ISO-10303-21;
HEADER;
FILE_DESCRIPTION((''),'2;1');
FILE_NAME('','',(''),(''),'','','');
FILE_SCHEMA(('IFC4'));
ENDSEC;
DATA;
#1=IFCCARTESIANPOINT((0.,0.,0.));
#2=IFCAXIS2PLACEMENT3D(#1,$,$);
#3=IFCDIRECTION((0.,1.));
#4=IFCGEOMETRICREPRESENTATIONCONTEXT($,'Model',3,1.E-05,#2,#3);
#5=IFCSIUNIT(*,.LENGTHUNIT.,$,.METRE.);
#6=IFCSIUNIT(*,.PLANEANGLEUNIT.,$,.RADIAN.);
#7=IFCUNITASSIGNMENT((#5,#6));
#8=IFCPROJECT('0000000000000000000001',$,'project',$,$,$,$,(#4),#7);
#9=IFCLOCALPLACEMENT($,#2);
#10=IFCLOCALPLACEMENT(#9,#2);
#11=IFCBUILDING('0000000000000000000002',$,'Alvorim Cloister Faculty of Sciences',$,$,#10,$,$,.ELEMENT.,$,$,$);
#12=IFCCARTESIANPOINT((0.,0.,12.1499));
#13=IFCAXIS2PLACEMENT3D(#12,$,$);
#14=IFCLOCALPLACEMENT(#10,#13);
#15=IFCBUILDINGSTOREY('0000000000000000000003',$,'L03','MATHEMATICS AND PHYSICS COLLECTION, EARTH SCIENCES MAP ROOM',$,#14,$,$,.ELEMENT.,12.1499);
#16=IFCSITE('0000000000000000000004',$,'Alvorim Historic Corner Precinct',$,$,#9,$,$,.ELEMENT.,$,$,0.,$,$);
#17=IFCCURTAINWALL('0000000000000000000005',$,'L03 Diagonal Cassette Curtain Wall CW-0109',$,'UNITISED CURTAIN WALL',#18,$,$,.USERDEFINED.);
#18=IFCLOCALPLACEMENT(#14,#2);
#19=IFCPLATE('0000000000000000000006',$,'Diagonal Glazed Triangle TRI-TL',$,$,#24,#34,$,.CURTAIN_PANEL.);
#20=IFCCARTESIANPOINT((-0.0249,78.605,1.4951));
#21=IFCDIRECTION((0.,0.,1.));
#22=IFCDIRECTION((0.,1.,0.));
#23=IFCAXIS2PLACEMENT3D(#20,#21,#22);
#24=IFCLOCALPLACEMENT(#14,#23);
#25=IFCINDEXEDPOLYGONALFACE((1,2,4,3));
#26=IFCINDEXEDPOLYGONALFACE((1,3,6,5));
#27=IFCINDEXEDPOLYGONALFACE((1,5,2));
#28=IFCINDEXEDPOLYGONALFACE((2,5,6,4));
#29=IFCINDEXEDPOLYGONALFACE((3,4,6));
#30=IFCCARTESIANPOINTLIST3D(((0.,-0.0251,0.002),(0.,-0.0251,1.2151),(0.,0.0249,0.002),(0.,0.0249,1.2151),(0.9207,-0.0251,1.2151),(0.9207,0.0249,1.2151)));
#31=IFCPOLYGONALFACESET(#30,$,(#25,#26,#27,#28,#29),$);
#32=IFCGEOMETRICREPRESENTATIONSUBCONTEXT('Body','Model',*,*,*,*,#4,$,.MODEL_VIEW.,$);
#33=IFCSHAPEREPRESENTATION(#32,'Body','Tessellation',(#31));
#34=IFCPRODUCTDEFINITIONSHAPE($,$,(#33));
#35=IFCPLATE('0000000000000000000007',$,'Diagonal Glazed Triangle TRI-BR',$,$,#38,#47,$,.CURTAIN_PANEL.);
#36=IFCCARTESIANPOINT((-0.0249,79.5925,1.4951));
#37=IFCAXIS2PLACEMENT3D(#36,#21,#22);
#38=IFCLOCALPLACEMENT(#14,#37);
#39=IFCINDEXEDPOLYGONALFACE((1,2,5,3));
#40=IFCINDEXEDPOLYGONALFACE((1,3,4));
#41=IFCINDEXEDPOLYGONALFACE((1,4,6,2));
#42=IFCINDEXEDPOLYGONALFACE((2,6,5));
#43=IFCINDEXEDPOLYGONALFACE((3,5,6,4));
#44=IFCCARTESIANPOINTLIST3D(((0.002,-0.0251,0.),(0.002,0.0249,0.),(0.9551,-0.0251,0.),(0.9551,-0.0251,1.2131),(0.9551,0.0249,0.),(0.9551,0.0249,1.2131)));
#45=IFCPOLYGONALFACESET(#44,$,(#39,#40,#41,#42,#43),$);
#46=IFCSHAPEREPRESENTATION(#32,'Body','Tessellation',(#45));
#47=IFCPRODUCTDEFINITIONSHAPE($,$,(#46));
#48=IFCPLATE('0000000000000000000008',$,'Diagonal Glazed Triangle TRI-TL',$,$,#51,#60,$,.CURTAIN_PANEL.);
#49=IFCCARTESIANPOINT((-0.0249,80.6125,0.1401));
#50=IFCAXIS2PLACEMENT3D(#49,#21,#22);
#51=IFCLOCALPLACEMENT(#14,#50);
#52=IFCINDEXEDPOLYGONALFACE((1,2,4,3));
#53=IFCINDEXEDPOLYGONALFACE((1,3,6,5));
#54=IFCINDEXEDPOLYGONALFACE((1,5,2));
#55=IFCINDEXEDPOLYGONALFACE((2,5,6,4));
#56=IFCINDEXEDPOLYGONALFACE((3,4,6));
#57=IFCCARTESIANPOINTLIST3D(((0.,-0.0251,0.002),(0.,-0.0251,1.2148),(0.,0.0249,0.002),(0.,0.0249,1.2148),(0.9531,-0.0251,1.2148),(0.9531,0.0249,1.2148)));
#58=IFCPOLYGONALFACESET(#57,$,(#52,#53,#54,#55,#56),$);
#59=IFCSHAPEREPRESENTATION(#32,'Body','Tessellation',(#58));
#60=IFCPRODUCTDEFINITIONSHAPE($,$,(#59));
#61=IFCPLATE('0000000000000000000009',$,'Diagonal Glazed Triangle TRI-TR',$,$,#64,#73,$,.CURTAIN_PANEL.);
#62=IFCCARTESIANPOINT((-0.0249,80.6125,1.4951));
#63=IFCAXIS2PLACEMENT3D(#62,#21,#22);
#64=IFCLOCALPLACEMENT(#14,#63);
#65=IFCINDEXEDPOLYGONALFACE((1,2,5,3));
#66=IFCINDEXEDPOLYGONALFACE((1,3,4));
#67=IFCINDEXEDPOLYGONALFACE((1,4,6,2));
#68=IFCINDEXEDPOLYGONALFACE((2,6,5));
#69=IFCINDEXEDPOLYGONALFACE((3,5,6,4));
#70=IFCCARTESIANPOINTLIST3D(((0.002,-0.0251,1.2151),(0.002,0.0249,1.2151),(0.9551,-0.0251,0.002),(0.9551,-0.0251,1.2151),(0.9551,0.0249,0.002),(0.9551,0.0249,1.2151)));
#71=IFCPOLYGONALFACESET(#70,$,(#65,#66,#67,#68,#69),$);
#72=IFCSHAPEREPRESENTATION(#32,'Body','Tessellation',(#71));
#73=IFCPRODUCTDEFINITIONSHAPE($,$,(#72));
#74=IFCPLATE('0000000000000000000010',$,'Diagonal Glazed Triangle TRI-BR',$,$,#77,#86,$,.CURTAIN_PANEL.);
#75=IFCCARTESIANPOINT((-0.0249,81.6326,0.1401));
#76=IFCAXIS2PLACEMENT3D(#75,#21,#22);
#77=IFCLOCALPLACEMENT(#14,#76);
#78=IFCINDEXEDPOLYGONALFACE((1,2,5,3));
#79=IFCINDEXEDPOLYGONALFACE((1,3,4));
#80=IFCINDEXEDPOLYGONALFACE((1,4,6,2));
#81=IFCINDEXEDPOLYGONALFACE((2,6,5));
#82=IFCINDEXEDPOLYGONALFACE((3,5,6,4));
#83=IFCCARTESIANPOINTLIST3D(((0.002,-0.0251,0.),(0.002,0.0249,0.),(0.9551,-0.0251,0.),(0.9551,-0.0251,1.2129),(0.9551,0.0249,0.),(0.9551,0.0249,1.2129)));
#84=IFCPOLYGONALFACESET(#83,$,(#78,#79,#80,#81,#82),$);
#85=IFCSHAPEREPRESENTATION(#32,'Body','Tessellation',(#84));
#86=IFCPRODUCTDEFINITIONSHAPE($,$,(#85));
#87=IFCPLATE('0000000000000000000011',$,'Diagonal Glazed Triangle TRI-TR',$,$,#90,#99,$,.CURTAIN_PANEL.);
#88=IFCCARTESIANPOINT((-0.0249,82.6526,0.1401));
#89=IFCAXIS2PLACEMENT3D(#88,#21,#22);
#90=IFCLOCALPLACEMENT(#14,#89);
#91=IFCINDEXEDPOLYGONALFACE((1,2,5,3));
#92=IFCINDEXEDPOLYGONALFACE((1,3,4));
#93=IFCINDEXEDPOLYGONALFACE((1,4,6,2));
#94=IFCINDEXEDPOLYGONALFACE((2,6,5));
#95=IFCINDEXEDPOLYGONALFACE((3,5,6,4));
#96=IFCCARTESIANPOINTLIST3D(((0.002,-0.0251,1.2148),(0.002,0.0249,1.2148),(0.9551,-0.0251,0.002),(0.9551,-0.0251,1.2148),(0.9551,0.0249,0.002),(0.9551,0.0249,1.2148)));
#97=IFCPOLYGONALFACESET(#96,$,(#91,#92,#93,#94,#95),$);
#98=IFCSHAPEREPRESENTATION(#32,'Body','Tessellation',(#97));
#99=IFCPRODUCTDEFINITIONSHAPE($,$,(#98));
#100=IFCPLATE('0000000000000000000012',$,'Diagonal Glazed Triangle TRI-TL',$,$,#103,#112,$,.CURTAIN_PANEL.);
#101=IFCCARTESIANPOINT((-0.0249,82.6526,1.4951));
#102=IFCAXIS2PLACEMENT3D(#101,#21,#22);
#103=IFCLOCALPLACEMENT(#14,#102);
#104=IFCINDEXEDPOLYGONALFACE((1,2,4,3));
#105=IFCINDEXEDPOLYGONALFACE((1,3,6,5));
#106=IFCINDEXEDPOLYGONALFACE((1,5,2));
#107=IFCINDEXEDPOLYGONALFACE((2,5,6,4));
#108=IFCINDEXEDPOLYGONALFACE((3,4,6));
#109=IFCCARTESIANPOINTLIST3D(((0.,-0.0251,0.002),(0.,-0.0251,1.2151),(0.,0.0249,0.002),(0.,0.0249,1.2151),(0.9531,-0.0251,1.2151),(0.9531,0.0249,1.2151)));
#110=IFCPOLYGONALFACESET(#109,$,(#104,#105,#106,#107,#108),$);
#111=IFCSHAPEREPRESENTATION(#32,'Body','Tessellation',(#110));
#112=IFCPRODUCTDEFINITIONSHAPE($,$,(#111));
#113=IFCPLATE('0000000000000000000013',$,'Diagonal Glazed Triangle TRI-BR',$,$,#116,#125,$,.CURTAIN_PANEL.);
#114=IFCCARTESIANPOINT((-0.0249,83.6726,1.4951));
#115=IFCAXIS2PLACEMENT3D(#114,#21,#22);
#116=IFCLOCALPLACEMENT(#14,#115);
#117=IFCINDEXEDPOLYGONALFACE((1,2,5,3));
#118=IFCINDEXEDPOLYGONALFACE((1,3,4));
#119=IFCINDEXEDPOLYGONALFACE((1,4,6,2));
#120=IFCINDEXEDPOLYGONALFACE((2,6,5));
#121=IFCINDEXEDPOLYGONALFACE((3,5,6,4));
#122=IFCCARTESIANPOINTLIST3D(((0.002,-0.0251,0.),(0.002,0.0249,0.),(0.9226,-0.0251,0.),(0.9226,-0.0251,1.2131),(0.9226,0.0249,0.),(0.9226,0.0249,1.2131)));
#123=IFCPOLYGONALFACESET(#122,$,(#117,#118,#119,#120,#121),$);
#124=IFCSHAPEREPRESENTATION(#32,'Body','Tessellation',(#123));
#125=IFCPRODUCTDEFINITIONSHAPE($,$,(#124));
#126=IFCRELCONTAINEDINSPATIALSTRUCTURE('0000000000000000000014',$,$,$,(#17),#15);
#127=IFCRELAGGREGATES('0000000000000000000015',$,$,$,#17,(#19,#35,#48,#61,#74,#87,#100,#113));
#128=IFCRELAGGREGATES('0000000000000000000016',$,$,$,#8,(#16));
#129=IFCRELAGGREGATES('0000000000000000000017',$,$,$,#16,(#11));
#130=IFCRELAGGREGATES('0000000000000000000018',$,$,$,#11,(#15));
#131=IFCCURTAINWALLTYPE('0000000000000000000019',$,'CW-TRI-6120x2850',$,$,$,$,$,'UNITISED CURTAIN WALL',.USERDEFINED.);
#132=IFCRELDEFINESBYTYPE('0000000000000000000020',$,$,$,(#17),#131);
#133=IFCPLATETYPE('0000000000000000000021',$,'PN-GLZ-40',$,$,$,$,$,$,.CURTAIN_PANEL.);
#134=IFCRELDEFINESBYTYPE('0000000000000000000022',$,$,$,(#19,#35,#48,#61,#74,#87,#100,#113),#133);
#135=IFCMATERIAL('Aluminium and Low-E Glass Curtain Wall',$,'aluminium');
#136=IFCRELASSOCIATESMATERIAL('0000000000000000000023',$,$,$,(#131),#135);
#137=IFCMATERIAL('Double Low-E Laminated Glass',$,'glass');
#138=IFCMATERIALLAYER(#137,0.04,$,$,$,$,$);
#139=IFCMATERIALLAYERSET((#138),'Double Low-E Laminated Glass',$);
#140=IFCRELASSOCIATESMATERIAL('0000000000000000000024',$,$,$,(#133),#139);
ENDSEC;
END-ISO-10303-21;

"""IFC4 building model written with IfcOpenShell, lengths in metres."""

from ifc_helpers import new_model, si_unit, direction, frame, origin, place, context, subcontext, project, spatial, polyline, outline, extrude, material, layer, layer_set, type_object, element, aggregate, save


model = new_model("IFC4")

# Units and contexts
model_context = context("Model", 3, precision=1e-05, world=origin(), true_north=direction((0.0, 1.0)))
body_context = subcontext(model_context, "Body", "Model", "MODEL_VIEW")
ifc_project = project(units=[si_unit("LENGTHUNIT", "METRE"), si_unit("PLANEANGLEUNIT", "RADIAN")], contexts=[model_context])

# Site, building, storey
site_placement = place(None, origin())
site = spatial("IfcSite", under=ifc_project, at=site_placement, Name="Alvorim Historic Corner Precinct", CompositionType="ELEMENT", RefElevation=0.0)
building_placement = place(site_placement, origin())
building = spatial("IfcBuilding", under=site, at=building_placement, Name="Alvorim Cloister Faculty of Sciences", CompositionType="ELEMENT")
storey_placement = place(building_placement, frame((0.0, 0.0, 12.1499)))
storey = spatial("IfcBuildingStorey", under=building, at=storey_placement, Name="L03", Description="MATHEMATICS AND PHYSICS COLLECTION, EARTH SCIENCES MAP ROOM", CompositionType="ELEMENT", Elevation=12.1499)

# Curtain wall, plates
ifc_material_1 = material(Name="Aluminium and Low-E Glass Curtain Wall", Category="aluminium")
curtain_wall_type = type_object("IfcCurtainWallType", Name="CW-TRI-6120x2850", ElementType="UNITISED CURTAIN WALL", PredefinedType="USERDEFINED", material=ifc_material_1)
curtain_wall_placement = place(storey_placement, origin())
curtain_wall = element("IfcCurtainWall", 1, at=curtain_wall_placement, inside=storey, type_object=curtain_wall_type, Name="L03 Diagonal Cassette Curtain Wall CW-0109", ObjectType="UNITISED CURTAIN WALL", PredefinedType="USERDEFINED")
ifc_material_2 = material(Name="Double Low-E Laminated Glass", Category="glass")
ifc_layer = layer(ifc_material_2, 0.04)
ifc_layer_set = layer_set([ifc_layer], Name="Double Low-E Laminated Glass")
plate_type = type_object("IfcPlateType", Name="PN-GLZ-40", PredefinedType="CURTAIN_PANEL", material=ifc_layer_set)
plate_1_placement = place(storey_placement, frame((-0.0249, 78.605, 1.4951), z_axis=(0.0, 0.0, 1.0), x_axis=(0.0, 1.0, 0.0)))
plate_1 = element("IfcPlate", 2, at=plate_1_placement, type_object=plate_type, Name="Diagonal Glazed Triangle TRI-TL", PredefinedType="CURTAIN_PANEL", context=body_context, shape_type="SweptSolid", body=[
    extrude(outline(polyline([(0.9207, 1.2151), (0.0, 1.2151), (0.0, 0.002), (0.9207, 1.2151)])), frame((0.0, 0.0249, 0.0), z_axis=(0.0, -1.0, 0.0), x_axis=(1.0, 0.0, 0.0)), (0.0, 0.0, 1.0), 0.05),
])
plate_2_placement = place(storey_placement, frame((-0.0249, 79.5925, 1.4951), z_axis=(0.0, 0.0, 1.0), x_axis=(0.0, 1.0, 0.0)))
plate_2 = element("IfcPlate", 3, at=plate_2_placement, type_object=plate_type, Name="Diagonal Glazed Triangle TRI-BR", PredefinedType="CURTAIN_PANEL", context=body_context, shape_type="SweptSolid", body=[
    extrude(outline(polyline([(0.002, 0.0), (0.9551, 0.0), (0.9551, 1.2131), (0.002, 0.0)])), frame((0.0, 0.0249, 0.0), z_axis=(0.0, -1.0, 0.0), x_axis=(1.0, 0.0, 0.0)), (0.0, 0.0, 1.0), 0.05),
])
plate_3_placement = place(storey_placement, frame((-0.0249, 80.6125, 0.1401), z_axis=(0.0, 0.0, 1.0), x_axis=(0.0, 1.0, 0.0)))
plate_3 = element("IfcPlate", 4, at=plate_3_placement, type_object=plate_type, Name="Diagonal Glazed Triangle TRI-TL", PredefinedType="CURTAIN_PANEL", context=body_context, shape_type="SweptSolid", body=[
    extrude(outline(polyline([(0.9531, 1.2148), (0.0, 1.2148), (0.0, 0.002), (0.9531, 1.2148)])), frame((0.0, 0.0249, 0.0), z_axis=(0.0, -1.0, 0.0), x_axis=(1.0, 0.0, 0.0)), (0.0, 0.0, 1.0), 0.05),
])
plate_4_placement = place(storey_placement, frame((-0.0249, 80.6125, 1.4951), z_axis=(0.0, 0.0, 1.0), x_axis=(0.0, 1.0, 0.0)))
plate_4 = element("IfcPlate", 5, at=plate_4_placement, type_object=plate_type, Name="Diagonal Glazed Triangle TRI-TR", PredefinedType="CURTAIN_PANEL", context=body_context, shape_type="SweptSolid", body=[
    extrude(outline(polyline([(0.9551, 0.002), (0.9551, 1.2151), (0.002, 1.2151), (0.9551, 0.002)])), frame((0.0, 0.0249, 0.0), z_axis=(0.0, -1.0, 0.0), x_axis=(1.0, 0.0, 0.0)), (0.0, 0.0, 1.0), 0.05),
])
plate_5_placement = place(storey_placement, frame((-0.0249, 81.6326, 0.1401), z_axis=(0.0, 0.0, 1.0), x_axis=(0.0, 1.0, 0.0)))
plate_5 = element("IfcPlate", 6, at=plate_5_placement, type_object=plate_type, Name="Diagonal Glazed Triangle TRI-BR", PredefinedType="CURTAIN_PANEL", context=body_context, shape_type="SweptSolid", body=[
    extrude(outline(polyline([(0.002, 0.0), (0.9551, 0.0), (0.9551, 1.2129), (0.002, 0.0)])), frame((0.0, 0.0249, 0.0), z_axis=(0.0, -1.0, 0.0), x_axis=(1.0, 0.0, 0.0)), (0.0, 0.0, 1.0), 0.05),
])
plate_6_placement = place(storey_placement, frame((-0.0249, 82.6526, 0.1401), z_axis=(0.0, 0.0, 1.0), x_axis=(0.0, 1.0, 0.0)))
plate_6 = element("IfcPlate", 7, at=plate_6_placement, type_object=plate_type, Name="Diagonal Glazed Triangle TRI-TR", PredefinedType="CURTAIN_PANEL", context=body_context, shape_type="SweptSolid", body=[
    extrude(outline(polyline([(0.9551, 0.002), (0.9551, 1.2148), (0.002, 1.2148), (0.9551, 0.002)])), frame((0.0, 0.0249, 0.0), z_axis=(0.0, -1.0, 0.0), x_axis=(1.0, 0.0, 0.0)), (0.0, 0.0, 1.0), 0.05),
])
plate_7_placement = place(storey_placement, frame((-0.0249, 82.6526, 1.4951), z_axis=(0.0, 0.0, 1.0), x_axis=(0.0, 1.0, 0.0)))
plate_7 = element("IfcPlate", 8, at=plate_7_placement, type_object=plate_type, Name="Diagonal Glazed Triangle TRI-TL", PredefinedType="CURTAIN_PANEL", context=body_context, shape_type="SweptSolid", body=[
    extrude(outline(polyline([(0.9531, 1.2151), (0.0, 1.2151), (0.0, 0.002), (0.9531, 1.2151)])), frame((0.0, 0.0249, 0.0), z_axis=(0.0, -1.0, 0.0), x_axis=(1.0, 0.0, 0.0)), (0.0, 0.0, 1.0), 0.05),
])
plate_8_placement = place(storey_placement, frame((-0.0249, 83.6726, 1.4951), z_axis=(0.0, 0.0, 1.0), x_axis=(0.0, 1.0, 0.0)))
plate_8 = element("IfcPlate", 9, at=plate_8_placement, type_object=plate_type, Name="Diagonal Glazed Triangle TRI-BR", PredefinedType="CURTAIN_PANEL", context=body_context, shape_type="SweptSolid", body=[
    extrude(outline(polyline([(0.002, 0.0), (0.9226, 0.0), (0.9226, 1.2131), (0.002, 0.0)])), frame((0.0, 0.0249, 0.0), z_axis=(0.0, -1.0, 0.0), x_axis=(1.0, 0.0, 0.0)), (0.0, 0.0, 1.0), 0.05),
])
aggregate(curtain_wall, [plate_1, plate_2, plate_3, plate_4, plate_5, plate_6, plate_7, plate_8])

save(model, "model.ifc")
